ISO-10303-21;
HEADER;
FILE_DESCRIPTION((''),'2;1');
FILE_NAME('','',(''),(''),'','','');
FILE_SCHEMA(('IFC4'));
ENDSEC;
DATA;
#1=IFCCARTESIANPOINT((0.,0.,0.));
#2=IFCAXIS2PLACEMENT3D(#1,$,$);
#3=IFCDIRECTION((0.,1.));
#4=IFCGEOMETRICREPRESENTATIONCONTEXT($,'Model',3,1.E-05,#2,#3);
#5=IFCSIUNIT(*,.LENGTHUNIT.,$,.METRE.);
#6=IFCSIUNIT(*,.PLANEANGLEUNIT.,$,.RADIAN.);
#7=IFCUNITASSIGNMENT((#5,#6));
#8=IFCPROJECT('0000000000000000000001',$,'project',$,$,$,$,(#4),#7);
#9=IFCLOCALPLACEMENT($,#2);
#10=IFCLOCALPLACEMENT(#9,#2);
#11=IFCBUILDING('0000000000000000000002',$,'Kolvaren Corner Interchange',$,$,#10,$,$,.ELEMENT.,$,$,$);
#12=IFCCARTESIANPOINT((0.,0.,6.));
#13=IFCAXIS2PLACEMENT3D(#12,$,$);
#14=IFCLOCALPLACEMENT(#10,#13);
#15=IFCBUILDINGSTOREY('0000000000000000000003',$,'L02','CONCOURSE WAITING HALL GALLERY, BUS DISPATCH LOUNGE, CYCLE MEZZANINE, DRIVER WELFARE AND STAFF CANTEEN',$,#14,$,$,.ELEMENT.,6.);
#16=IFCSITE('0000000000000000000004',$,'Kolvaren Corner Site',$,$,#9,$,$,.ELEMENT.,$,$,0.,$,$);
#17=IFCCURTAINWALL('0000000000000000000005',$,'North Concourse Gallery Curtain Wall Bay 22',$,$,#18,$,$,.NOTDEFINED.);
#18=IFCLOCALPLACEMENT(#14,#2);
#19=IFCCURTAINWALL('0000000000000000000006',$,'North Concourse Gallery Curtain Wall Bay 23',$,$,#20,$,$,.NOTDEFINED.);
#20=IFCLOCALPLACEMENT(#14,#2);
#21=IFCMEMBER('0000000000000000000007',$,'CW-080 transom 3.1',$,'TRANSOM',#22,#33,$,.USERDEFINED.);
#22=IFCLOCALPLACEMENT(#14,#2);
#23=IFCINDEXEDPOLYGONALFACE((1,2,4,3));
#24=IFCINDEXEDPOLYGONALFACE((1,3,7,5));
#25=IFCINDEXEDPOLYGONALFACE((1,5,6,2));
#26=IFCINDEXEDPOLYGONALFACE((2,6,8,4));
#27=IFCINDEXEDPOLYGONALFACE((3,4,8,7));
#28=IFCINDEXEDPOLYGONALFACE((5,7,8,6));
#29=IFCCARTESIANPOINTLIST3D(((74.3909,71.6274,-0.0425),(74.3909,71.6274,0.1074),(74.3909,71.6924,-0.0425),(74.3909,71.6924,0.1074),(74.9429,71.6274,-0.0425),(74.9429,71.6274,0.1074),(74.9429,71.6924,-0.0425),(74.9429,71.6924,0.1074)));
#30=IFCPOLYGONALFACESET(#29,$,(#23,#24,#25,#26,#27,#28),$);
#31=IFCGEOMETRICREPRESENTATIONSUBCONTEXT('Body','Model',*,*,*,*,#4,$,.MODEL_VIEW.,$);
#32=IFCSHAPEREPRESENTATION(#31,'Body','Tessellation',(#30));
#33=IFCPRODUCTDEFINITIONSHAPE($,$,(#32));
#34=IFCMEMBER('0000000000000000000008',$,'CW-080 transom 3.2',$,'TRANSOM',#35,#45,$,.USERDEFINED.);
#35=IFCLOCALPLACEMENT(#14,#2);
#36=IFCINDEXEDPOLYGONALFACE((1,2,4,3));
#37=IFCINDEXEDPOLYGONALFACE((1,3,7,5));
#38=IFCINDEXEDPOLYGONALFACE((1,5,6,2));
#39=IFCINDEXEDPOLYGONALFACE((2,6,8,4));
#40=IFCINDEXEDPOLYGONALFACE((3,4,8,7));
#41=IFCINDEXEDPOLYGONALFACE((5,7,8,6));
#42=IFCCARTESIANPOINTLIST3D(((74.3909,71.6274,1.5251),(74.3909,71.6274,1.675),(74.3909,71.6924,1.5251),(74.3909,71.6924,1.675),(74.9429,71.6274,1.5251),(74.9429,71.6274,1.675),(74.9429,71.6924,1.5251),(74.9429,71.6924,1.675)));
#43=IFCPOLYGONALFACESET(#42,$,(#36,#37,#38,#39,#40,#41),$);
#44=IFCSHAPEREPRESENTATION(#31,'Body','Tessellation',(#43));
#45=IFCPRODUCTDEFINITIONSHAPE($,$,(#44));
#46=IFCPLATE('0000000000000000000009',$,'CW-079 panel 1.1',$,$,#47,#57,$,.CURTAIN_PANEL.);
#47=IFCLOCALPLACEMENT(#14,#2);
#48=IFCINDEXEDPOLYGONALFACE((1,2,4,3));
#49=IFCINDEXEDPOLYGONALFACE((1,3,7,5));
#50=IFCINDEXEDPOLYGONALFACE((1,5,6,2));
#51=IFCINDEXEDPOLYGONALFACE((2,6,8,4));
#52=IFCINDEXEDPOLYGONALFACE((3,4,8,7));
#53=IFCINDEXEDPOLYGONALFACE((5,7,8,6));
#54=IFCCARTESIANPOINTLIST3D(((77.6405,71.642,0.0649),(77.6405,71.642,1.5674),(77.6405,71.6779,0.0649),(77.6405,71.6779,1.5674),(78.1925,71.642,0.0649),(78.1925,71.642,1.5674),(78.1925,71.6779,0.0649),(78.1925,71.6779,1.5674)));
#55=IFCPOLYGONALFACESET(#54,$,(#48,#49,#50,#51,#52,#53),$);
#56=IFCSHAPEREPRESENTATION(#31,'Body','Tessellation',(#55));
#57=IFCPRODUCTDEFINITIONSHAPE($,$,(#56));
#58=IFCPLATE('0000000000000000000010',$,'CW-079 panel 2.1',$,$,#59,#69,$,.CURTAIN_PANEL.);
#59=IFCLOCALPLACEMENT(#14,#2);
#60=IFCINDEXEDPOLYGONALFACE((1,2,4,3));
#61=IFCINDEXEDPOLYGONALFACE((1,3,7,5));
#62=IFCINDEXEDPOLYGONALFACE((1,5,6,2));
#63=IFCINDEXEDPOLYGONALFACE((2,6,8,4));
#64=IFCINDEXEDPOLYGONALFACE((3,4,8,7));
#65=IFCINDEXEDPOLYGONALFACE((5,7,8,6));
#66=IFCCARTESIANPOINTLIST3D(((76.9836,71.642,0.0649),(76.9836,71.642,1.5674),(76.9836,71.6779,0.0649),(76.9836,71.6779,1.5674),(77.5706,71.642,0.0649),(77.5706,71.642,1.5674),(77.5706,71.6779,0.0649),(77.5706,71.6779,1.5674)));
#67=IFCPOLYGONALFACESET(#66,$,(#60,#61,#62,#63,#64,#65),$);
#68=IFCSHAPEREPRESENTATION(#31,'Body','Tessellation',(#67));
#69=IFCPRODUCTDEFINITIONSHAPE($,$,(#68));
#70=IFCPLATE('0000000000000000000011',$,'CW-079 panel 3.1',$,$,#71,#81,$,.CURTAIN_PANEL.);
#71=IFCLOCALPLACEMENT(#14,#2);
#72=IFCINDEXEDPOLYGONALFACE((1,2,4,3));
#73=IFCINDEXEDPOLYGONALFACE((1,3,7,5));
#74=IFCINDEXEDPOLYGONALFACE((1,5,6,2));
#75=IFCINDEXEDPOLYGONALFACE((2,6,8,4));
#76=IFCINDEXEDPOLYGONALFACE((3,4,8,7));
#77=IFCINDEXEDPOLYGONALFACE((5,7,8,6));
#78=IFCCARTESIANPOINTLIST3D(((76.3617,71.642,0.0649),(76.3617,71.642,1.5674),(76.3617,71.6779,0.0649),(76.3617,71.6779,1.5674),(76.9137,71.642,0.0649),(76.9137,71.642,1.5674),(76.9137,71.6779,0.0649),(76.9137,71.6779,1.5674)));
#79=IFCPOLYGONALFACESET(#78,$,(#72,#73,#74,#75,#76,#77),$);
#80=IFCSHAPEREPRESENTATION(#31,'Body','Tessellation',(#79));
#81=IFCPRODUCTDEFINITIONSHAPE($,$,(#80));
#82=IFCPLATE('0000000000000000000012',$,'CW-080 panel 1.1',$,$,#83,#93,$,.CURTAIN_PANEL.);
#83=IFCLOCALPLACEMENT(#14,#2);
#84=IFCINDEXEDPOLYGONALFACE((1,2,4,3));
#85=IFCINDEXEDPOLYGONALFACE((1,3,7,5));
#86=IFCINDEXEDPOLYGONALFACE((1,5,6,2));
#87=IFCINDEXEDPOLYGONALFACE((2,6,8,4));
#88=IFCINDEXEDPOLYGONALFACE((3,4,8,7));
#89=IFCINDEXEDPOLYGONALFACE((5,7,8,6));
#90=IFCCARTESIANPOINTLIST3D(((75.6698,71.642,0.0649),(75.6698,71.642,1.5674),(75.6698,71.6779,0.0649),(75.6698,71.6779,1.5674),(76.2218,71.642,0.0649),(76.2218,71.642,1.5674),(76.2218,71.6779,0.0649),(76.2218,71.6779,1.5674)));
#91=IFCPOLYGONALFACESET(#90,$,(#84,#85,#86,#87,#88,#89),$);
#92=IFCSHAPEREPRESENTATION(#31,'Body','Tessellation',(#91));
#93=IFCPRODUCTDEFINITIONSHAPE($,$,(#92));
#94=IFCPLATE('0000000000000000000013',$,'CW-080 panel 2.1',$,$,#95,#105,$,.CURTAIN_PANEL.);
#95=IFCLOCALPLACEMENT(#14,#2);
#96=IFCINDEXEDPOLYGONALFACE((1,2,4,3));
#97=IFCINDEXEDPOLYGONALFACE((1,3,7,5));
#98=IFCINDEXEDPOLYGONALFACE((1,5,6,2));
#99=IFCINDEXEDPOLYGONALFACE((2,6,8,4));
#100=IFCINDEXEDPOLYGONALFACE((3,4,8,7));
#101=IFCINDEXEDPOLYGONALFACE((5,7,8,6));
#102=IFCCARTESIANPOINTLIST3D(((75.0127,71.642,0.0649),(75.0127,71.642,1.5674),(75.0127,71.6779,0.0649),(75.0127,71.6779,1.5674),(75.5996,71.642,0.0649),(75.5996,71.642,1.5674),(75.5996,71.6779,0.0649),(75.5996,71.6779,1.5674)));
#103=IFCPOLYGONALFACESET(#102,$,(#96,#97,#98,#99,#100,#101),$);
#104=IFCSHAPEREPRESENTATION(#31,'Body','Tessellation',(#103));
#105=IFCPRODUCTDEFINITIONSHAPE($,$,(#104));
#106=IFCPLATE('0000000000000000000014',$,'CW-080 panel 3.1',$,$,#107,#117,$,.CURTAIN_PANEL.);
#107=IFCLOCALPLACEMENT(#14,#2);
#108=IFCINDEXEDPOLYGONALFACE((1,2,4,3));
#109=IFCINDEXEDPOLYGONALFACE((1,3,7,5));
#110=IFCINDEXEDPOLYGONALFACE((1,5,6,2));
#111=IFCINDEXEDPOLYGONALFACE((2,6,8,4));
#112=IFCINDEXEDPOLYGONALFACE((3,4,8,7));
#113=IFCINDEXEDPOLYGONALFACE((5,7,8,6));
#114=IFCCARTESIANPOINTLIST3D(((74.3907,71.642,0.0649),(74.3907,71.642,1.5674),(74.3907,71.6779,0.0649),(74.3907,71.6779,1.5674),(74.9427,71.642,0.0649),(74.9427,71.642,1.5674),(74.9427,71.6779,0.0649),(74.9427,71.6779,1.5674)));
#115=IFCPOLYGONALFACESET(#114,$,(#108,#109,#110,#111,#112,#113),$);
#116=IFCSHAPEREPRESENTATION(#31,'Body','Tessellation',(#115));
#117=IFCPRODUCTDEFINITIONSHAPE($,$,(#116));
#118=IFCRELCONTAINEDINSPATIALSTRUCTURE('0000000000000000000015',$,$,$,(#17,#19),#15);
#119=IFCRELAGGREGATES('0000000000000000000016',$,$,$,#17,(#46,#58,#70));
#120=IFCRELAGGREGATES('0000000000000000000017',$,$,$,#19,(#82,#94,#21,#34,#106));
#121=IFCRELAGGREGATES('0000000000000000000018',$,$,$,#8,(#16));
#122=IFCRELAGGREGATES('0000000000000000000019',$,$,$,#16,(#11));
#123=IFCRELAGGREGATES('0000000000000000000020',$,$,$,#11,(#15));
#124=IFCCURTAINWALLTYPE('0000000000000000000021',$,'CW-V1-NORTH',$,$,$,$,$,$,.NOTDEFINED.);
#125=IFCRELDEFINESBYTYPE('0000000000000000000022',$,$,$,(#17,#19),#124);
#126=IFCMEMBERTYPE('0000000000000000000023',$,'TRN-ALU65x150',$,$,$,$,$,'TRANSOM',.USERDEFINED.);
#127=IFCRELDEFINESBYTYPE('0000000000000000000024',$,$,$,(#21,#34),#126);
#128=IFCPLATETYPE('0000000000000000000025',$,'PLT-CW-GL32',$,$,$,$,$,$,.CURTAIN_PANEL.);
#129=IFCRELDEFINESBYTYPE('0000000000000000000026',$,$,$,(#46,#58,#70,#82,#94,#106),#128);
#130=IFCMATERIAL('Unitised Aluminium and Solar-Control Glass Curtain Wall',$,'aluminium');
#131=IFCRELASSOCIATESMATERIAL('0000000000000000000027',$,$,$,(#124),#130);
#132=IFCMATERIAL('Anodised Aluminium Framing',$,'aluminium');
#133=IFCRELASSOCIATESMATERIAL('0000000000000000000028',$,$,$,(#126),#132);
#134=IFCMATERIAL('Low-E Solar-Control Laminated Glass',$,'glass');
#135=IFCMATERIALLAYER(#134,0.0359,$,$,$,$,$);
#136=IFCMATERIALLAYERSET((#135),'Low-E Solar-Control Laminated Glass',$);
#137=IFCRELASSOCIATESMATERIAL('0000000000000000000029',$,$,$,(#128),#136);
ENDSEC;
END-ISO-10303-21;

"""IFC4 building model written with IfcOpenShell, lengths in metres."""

from ifc_helpers import new_model, si_unit, direction, frame, origin, origin_2d, place, context, subcontext, project, spatial, rectangle, extrude, material, layer, layer_set, material_profile, profile_set, type_object, element, aggregate, save


model = new_model("IFC4")

# Units and contexts
model_context = context("Model", 3, precision=1e-05, world=origin(), true_north=direction((0.0, 1.0)))
body_context = subcontext(model_context, "Body", "Model", "MODEL_VIEW")
ifc_project = project(units=[si_unit("LENGTHUNIT", "METRE"), si_unit("PLANEANGLEUNIT", "RADIAN")], contexts=[model_context])

# Site, building, storey
site_placement = place(None, origin())
site = spatial("IfcSite", under=ifc_project, at=site_placement, Name="Kolvaren Corner Site", CompositionType="ELEMENT", RefElevation=0.0)
building_placement = place(site_placement, origin())
building = spatial("IfcBuilding", under=site, at=building_placement, Name="Kolvaren Corner Interchange", CompositionType="ELEMENT")
storey_placement = place(building_placement, frame((0.0, 0.0, 6.0)))
storey = spatial("IfcBuildingStorey", under=building, at=storey_placement, Name="L02", Description="CONCOURSE WAITING HALL GALLERY, BUS DISPATCH LOUNGE, CYCLE MEZZANINE, DRIVER WELFARE AND STAFF CANTEEN", CompositionType="ELEMENT", Elevation=6.0)

# Curtain walls
ifc_material_1 = material(Name="Unitised Aluminium and Solar-Control Glass Curtain Wall", Category="aluminium")
curtain_wall_type = type_object("IfcCurtainWallType", Name="CW-V1-NORTH", PredefinedType="NOTDEFINED", material=ifc_material_1)
curtain_wall_1_placement = place(storey_placement, origin())
curtain_wall_1 = element("IfcCurtainWall", 1, at=curtain_wall_1_placement, inside=storey, type_object=curtain_wall_type, Name="North Concourse Gallery Curtain Wall Bay 22", PredefinedType="NOTDEFINED")
curtain_wall_2_placement = place(storey_placement, origin())
curtain_wall_2 = element("IfcCurtainWall", 2, at=curtain_wall_2_placement, inside=storey, type_object=curtain_wall_type, Name="North Concourse Gallery Curtain Wall Bay 23", PredefinedType="NOTDEFINED")

# Members
ifc_material_2 = material(Name="Anodised Aluminium Framing", Category="aluminium")
ifc_material_profile_1 = material_profile(ifc_material_2, rectangle(XDim=0.0649, YDim=0.1499, at=origin_2d()), Name="ALU 65x150")
ifc_profile_set_1 = profile_set([ifc_material_profile_1], Name="Anodised Aluminium Framing")
member_type_1 = type_object("IfcMemberType", Name="TRN-ALU65x150", ElementType="TRANSOM", PredefinedType="USERDEFINED", material=ifc_profile_set_1)
member_1_placement = place(storey_placement, frame((74.9429, 71.6599, 0.0325), z_axis=(-1.0, 0.0, 0.0), x_axis=(0.0, -1.0, 0.0)))
member_1 = element("IfcMember", 3, at=member_1_placement, type_object=member_type_1, Name="CW-080 transom 3.1", ObjectType="TRANSOM", PredefinedType="USERDEFINED", context=body_context, shape_type="SweptSolid", body=[
    extrude(rectangle(XDim=0.0649, YDim=0.1499, at=origin_2d()), origin(), (0.0, 0.0, 1.0), 0.552),
])
member_2_placement = place(storey_placement, frame((74.9429, 71.6599, 1.6001), z_axis=(-1.0, 0.0, 0.0), x_axis=(0.0, -1.0, 0.0)))
member_2 = element("IfcMember", 4, at=member_2_placement, type_object=member_type_1, Name="CW-080 transom 3.2", ObjectType="TRANSOM", PredefinedType="USERDEFINED", context=body_context, shape_type="SweptSolid", body=[
    extrude(rectangle(XDim=0.0649, YDim=0.1499, at=origin_2d()), origin(), (0.0, 0.0, 1.0), 0.552),
])

# Plates
ifc_material_3 = material(Name="Low-E Solar-Control Laminated Glass", Category="glass")
ifc_layer = layer(ifc_material_3, 0.0359)
ifc_layer_set = layer_set([ifc_layer], Name="Low-E Solar-Control Laminated Glass")
plate_type = type_object("IfcPlateType", Name="PLT-CW-GL32", PredefinedType="CURTAIN_PANEL", material=ifc_layer_set)
plate_1_placement = place(storey_placement, frame((77.9165, 71.6599, 0.0649), z_axis=(0.0, 0.0, 1.0), x_axis=(-1.0, 0.0, 0.0)))
plate_1 = element("IfcPlate", 5, at=plate_1_placement, type_object=plate_type, Name="CW-079 panel 1.1", PredefinedType="CURTAIN_PANEL", context=body_context, shape_type="SweptSolid", body=[
    extrude(rectangle(XDim=0.552, YDim=0.0359, at=origin_2d()), origin(), (0.0, 0.0, 1.0), 1.5024),
])
plate_2_placement = place(storey_placement, frame((77.2771, 71.6599, 0.0649), z_axis=(0.0, 0.0, 1.0), x_axis=(-1.0, 0.0, 0.0)))
plate_2 = element("IfcPlate", 6, at=plate_2_placement, type_object=plate_type, Name="CW-079 panel 2.1", PredefinedType="CURTAIN_PANEL", context=body_context, shape_type="SweptSolid", body=[
    extrude(rectangle(XDim=0.5869, YDim=0.0359, at=origin_2d()), origin(), (0.0, 0.0, 1.0), 1.5024),
])
plate_3_placement = place(storey_placement, frame((76.6377, 71.6599, 0.0649), z_axis=(0.0, 0.0, 1.0), x_axis=(-1.0, 0.0, 0.0)))
plate_3 = element("IfcPlate", 7, at=plate_3_placement, type_object=plate_type, Name="CW-079 panel 3.1", PredefinedType="CURTAIN_PANEL", context=body_context, shape_type="SweptSolid", body=[
    extrude(rectangle(XDim=0.552, YDim=0.0359, at=origin_2d()), origin(), (0.0, 0.0, 1.0), 1.5024),
])
aggregate(curtain_wall_1, [plate_1, plate_2, plate_3])
plate_4_placement = place(storey_placement, frame((75.9458, 71.6599, 0.0649), z_axis=(0.0, 0.0, 1.0), x_axis=(-1.0, 0.0, 0.0)))
plate_4 = element("IfcPlate", 8, at=plate_4_placement, type_object=plate_type, Name="CW-080 panel 1.1", PredefinedType="CURTAIN_PANEL", context=body_context, shape_type="SweptSolid", body=[
    extrude(rectangle(XDim=0.552, YDim=0.0359, at=origin_2d()), origin(), (0.0, 0.0, 1.0), 1.5024),
])
plate_5_placement = place(storey_placement, frame((75.3062, 71.6599, 0.0649), z_axis=(0.0, 0.0, 1.0), x_axis=(-1.0, 0.0, 0.0)))
plate_5 = element("IfcPlate", 9, at=plate_5_placement, type_object=plate_type, Name="CW-080 panel 2.1", PredefinedType="CURTAIN_PANEL", context=body_context, shape_type="SweptSolid", body=[
    extrude(rectangle(XDim=0.5869, YDim=0.0359, at=origin_2d()), origin(), (0.0, 0.0, 1.0), 1.5024),
])
plate_6_placement = place(storey_placement, frame((74.6667, 71.6599, 0.0649), z_axis=(0.0, 0.0, 1.0), x_axis=(-1.0, 0.0, 0.0)))
plate_6 = element("IfcPlate", 10, at=plate_6_placement, type_object=plate_type, Name="CW-080 panel 3.1", PredefinedType="CURTAIN_PANEL", context=body_context, shape_type="SweptSolid", body=[
    extrude(rectangle(XDim=0.552, YDim=0.0359, at=origin_2d()), origin(), (0.0, 0.0, 1.0), 1.5024),
])
aggregate(curtain_wall_2, [plate_4, plate_5, member_1, member_2, plate_6])

save(model, "model.ifc")
